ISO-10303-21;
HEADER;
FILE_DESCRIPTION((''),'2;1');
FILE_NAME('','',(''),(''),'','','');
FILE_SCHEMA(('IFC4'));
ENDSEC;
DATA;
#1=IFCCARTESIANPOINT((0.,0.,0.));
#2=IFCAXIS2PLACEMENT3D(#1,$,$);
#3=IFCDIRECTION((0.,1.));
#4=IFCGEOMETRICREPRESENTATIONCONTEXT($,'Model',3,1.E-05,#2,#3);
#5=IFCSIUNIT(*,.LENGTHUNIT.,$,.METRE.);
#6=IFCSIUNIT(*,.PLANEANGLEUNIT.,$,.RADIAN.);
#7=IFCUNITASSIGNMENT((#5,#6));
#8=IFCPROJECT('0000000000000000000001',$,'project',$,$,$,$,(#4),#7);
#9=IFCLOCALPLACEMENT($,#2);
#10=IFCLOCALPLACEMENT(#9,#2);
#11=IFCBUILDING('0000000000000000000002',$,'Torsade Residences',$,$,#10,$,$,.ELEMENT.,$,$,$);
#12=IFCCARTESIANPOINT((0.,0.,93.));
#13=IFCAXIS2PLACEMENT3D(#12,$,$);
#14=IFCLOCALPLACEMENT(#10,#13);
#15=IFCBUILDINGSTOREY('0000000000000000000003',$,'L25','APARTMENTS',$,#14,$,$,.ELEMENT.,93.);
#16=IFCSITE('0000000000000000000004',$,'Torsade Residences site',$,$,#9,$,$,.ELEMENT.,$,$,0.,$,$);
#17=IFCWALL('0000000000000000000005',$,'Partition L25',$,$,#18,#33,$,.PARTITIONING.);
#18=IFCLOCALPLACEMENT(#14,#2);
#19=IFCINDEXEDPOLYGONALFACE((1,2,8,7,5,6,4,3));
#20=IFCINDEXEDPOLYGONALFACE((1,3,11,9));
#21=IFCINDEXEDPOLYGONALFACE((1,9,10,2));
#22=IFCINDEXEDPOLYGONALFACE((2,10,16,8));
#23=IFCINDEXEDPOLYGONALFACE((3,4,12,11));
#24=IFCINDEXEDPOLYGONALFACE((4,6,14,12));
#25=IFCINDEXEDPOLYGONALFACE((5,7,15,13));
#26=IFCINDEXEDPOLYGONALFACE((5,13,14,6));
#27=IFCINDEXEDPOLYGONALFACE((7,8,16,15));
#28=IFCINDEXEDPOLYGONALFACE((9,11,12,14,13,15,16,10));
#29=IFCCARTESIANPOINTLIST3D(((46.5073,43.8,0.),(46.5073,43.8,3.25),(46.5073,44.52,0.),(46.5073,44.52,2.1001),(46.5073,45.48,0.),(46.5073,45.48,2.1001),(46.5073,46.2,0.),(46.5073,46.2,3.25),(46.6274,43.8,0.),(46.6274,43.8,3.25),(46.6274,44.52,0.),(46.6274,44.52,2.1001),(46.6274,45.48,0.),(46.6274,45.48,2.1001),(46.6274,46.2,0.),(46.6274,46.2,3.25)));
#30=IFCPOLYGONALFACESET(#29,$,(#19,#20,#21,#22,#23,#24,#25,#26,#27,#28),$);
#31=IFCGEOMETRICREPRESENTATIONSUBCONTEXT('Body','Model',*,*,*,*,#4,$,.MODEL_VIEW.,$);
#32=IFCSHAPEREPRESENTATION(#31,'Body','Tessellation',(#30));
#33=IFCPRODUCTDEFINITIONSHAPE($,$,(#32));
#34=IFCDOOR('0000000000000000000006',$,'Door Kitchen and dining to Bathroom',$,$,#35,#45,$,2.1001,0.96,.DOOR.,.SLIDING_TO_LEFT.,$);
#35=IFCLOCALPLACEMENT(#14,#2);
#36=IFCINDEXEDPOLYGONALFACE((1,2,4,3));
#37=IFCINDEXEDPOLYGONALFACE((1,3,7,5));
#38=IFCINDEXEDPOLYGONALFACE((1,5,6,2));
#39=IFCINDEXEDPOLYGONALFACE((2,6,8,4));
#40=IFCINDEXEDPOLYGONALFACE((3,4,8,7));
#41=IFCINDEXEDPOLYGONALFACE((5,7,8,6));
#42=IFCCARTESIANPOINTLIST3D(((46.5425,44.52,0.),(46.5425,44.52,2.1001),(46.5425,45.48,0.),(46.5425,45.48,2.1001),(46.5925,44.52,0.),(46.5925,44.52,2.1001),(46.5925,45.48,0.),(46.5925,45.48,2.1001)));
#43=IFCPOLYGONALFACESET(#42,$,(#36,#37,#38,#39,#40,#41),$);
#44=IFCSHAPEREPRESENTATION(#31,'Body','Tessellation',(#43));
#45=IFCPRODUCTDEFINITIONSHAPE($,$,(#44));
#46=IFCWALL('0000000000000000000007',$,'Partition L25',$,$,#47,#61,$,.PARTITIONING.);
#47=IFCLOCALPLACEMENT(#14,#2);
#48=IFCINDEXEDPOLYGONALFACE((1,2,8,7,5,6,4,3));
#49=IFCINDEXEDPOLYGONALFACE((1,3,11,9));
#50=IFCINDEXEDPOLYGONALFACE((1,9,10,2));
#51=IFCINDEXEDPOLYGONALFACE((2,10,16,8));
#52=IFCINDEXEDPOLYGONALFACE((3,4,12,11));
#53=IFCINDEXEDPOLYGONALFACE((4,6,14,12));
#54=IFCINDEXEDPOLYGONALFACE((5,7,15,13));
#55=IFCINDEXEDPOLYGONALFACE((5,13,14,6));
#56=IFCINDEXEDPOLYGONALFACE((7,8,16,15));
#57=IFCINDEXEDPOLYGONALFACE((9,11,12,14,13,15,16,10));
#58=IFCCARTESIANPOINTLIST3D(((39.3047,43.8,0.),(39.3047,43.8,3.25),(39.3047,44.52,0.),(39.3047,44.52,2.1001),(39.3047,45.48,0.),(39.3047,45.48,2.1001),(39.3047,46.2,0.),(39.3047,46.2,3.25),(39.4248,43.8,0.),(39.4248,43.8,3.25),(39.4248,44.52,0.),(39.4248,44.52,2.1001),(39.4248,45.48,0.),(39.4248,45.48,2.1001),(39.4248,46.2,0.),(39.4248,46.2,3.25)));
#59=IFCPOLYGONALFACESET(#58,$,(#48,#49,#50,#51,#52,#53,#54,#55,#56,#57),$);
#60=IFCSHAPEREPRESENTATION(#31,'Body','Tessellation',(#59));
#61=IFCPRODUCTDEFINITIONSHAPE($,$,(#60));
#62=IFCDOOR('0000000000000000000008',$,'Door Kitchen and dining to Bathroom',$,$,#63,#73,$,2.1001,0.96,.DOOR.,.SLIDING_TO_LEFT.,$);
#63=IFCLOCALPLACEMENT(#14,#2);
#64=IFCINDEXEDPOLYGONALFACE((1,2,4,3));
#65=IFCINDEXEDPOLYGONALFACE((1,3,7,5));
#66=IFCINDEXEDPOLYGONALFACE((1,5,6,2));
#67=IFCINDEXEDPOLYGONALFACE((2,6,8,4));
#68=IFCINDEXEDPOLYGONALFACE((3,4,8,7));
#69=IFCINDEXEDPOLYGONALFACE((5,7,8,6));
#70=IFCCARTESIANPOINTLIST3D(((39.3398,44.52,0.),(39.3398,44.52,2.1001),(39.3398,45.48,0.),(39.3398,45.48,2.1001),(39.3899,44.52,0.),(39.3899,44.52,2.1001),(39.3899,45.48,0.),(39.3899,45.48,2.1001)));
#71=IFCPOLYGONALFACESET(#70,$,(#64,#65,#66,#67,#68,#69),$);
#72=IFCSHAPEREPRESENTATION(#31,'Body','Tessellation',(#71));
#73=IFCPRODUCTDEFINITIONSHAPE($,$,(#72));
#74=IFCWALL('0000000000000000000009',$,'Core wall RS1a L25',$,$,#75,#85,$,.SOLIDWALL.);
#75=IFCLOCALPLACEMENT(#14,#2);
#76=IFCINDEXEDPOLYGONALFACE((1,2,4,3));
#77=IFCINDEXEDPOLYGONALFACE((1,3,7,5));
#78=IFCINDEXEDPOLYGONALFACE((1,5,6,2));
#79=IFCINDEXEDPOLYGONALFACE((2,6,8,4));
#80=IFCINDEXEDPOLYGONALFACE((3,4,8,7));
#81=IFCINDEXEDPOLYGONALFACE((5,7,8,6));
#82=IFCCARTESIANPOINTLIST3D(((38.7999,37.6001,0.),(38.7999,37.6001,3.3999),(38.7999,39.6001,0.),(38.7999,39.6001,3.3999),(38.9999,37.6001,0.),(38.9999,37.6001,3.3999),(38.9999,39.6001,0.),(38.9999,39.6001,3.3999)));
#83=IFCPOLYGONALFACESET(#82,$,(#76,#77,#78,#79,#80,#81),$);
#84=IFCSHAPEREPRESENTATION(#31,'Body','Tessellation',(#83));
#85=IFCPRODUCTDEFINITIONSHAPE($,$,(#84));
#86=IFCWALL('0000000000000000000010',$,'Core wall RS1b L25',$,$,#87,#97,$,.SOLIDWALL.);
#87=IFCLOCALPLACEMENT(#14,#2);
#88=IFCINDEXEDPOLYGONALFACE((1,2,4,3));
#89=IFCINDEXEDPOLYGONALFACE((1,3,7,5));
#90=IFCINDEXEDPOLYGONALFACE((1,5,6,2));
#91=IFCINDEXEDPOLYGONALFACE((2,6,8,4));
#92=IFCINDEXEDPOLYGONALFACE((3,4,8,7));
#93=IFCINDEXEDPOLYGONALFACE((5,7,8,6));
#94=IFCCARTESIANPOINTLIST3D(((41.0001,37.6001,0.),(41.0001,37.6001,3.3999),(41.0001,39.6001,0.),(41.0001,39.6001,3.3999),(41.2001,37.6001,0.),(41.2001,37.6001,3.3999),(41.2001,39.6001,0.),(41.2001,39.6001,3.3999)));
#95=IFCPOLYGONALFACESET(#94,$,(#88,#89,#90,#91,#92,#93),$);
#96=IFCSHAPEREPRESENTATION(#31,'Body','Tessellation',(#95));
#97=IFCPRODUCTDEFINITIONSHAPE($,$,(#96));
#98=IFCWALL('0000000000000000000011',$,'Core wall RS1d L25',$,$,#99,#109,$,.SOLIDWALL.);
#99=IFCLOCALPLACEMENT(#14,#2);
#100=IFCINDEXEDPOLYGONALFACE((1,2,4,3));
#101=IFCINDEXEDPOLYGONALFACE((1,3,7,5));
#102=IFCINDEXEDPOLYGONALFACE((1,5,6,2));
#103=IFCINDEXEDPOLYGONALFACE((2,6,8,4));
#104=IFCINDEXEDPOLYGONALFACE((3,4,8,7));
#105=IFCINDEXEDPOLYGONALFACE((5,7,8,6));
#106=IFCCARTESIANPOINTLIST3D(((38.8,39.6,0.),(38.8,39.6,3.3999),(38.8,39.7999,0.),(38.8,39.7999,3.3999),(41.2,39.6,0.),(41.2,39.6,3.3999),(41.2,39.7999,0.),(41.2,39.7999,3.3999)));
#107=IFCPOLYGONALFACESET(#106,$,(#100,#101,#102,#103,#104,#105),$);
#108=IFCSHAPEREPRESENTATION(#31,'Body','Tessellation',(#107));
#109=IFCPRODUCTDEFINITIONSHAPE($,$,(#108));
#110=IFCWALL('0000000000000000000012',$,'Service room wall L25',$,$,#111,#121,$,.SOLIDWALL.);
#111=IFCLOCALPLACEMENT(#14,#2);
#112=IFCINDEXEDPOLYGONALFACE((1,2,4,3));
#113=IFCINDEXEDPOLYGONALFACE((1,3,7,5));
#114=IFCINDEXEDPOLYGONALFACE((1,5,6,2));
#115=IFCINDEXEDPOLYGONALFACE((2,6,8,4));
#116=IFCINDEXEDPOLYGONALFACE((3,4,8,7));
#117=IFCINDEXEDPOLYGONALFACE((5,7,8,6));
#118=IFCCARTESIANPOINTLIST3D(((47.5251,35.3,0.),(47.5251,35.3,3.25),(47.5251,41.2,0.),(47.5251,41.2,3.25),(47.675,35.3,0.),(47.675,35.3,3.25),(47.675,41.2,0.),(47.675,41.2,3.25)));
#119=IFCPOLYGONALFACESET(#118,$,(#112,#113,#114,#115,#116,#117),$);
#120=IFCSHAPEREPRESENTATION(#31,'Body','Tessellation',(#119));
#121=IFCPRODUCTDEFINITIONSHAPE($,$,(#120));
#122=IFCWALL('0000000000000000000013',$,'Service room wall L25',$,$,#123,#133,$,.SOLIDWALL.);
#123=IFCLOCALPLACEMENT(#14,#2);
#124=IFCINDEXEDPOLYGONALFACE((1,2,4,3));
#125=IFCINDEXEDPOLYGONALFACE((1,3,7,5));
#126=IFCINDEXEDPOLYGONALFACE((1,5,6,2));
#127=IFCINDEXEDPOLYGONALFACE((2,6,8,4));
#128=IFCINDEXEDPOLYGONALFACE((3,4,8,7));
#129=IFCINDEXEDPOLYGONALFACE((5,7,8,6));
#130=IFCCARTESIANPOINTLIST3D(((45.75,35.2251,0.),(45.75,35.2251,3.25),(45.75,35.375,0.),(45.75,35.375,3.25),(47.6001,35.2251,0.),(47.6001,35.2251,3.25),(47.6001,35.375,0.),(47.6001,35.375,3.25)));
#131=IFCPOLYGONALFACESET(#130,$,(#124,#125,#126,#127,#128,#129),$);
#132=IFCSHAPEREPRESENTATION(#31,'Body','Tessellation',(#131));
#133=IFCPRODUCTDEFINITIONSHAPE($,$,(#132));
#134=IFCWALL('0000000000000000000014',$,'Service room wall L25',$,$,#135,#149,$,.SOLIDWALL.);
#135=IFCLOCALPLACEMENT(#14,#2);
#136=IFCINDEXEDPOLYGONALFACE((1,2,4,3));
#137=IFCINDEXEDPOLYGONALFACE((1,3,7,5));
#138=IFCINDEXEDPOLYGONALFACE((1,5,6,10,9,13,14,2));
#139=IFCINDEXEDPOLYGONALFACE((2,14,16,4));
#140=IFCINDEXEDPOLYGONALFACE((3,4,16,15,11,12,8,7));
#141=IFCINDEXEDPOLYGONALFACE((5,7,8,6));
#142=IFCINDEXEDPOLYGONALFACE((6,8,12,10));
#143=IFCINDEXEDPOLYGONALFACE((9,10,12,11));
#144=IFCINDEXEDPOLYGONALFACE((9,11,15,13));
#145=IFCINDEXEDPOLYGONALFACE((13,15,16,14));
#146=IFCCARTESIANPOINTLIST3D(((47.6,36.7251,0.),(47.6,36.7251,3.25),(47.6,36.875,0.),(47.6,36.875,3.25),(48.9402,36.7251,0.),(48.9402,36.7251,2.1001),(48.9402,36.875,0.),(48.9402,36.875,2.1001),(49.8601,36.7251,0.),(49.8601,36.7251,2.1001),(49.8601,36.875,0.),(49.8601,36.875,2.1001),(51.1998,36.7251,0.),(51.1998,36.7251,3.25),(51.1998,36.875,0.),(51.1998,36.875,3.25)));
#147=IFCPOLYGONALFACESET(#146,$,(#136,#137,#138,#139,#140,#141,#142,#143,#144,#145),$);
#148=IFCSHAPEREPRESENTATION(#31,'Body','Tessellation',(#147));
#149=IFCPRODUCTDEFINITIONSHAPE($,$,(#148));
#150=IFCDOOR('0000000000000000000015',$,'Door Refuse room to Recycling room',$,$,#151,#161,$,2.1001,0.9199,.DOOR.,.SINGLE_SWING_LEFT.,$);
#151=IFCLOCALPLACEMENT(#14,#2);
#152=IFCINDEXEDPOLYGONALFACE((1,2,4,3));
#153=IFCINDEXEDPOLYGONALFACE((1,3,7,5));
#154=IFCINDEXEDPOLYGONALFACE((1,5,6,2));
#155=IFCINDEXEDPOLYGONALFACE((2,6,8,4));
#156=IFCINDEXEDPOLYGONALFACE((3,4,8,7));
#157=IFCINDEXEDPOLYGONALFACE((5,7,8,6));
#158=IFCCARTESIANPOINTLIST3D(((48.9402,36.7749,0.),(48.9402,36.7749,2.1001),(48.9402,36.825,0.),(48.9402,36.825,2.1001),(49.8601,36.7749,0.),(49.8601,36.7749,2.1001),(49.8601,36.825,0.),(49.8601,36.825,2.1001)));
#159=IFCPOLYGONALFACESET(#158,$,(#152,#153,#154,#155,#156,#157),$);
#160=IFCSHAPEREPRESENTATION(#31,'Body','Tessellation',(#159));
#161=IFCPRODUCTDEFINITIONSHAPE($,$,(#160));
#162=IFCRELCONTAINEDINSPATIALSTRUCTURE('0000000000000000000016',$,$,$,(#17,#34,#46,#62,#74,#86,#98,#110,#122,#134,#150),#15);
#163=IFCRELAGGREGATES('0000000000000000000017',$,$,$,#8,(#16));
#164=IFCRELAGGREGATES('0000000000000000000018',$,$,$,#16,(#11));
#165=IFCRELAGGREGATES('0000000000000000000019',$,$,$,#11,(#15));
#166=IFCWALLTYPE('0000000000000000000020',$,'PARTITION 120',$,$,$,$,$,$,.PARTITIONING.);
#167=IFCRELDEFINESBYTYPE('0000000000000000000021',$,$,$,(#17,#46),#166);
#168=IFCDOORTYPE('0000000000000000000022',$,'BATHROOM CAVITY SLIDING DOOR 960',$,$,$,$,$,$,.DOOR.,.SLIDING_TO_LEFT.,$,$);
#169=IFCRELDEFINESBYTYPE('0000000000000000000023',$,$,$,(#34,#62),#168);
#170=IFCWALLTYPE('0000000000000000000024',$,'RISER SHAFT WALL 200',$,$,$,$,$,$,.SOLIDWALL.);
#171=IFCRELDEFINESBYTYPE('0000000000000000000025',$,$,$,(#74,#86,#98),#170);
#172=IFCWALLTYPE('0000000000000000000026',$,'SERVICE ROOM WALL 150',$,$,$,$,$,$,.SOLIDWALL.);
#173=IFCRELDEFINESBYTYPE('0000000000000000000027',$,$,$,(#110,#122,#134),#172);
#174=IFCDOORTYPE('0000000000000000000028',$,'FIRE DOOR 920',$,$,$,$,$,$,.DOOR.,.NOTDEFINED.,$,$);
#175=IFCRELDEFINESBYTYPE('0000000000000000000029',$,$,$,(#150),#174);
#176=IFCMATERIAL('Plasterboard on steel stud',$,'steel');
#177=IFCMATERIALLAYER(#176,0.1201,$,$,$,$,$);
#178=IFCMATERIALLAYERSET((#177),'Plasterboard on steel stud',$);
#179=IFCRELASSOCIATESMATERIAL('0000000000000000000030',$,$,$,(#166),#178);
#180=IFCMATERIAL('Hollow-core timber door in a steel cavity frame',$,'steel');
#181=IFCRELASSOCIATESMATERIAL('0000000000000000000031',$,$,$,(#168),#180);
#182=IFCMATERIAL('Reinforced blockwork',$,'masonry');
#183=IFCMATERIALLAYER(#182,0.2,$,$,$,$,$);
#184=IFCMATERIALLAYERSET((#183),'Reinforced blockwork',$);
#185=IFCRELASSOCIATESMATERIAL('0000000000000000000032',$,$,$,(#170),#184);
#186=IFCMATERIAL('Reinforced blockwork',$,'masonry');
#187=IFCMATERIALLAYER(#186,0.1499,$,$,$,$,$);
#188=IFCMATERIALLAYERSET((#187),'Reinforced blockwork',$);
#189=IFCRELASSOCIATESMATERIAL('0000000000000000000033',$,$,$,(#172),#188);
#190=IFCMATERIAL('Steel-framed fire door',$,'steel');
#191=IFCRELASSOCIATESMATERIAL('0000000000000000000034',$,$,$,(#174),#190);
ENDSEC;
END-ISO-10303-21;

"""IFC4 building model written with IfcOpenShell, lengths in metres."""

from ifc_helpers import new_model, si_unit, direction, frame, frame_2d, origin, place, context, subcontext, project, spatial, rectangle, extrude, material, layer, layer_set, type_object, element, fill, save


model = new_model("IFC4")

# Units and contexts
model_context = context("Model", 3, precision=1e-05, world=origin(), true_north=direction((0.0, 1.0)))
body_context = subcontext(model_context, "Body", "Model", "MODEL_VIEW")
ifc_project = project(units=[si_unit("LENGTHUNIT", "METRE"), si_unit("PLANEANGLEUNIT", "RADIAN")], contexts=[model_context])

# Site, building, storey
site_placement = place(None, origin())
site = spatial("IfcSite", under=ifc_project, at=site_placement, Name="Torsade Residences site", CompositionType="ELEMENT", RefElevation=0.0)
building_placement = place(site_placement, origin())
building = spatial("IfcBuilding", under=site, at=building_placement, Name="Torsade Residences", CompositionType="ELEMENT")
storey_placement = place(building_placement, frame((0.0, 0.0, 93.0)))
storey = spatial("IfcBuildingStorey", under=building, at=storey_placement, Name="L25", Description="APARTMENTS", CompositionType="ELEMENT", Elevation=93.0)

# Walls, openings, doors
ifc_material_1 = material(Name="Plasterboard on steel stud", Category="steel")
ifc_layer_1 = layer(ifc_material_1, 0.1201)
ifc_layer_set_1 = layer_set([ifc_layer_1], Name="Plasterboard on steel stud")
wall_type_1 = type_object("IfcWallType", Name="PARTITION 120", PredefinedType="PARTITIONING", material=ifc_layer_set_1)
wall_1_placement = place(storey_placement, frame((46.5674, 43.8, 0.0), z_axis=(0.0, 0.0, 1.0), x_axis=(0.0, 1.0, 0.0)))
wall_1 = element("IfcWall", 1, at=wall_1_placement, inside=storey, type_object=wall_type_1, Name="Partition L25", PredefinedType="PARTITIONING", context=body_context, shape_type="SweptSolid", body=[
    extrude(rectangle(XDim=2.3999, YDim=0.1201, at=frame_2d((1.2, 0.0))), origin(), (0.0, 0.0, 1.0), 3.25),
])
opening_1_placement = place(wall_1_placement, frame((0.72, 0.0, 0.0)))
opening_1 = element("IfcOpeningElement", 2, at=opening_1_placement, cuts=wall_1, PredefinedType="OPENING", context=body_context, shape_type="SweptSolid", body=[
    extrude(rectangle(XDim=0.96, YDim=2.1001, at=frame_2d((0.48, 1.05))), frame((0.0, 0.0701, 0.0), z_axis=(0.0, -1.0, 0.0), x_axis=(1.0, 0.0, 0.0)), (0.0, 0.0, 1.0), 0.1401),
])
ifc_material_2 = material(Name="Hollow-core timber door in a steel cavity frame", Category="steel")
door_type_1 = type_object("IfcDoorType", Name="BATHROOM CAVITY SLIDING DOOR 960", OperationType="SLIDING_TO_LEFT", PredefinedType="DOOR", material=ifc_material_2)
door_1_placement = place(opening_1_placement, origin())
door_1 = element("IfcDoor", 3, at=door_1_placement, inside=storey, type_object=door_type_1, Name="Door Kitchen and dining to Bathroom", OperationType="SLIDING_TO_LEFT", OverallHeight=2.1001, OverallWidth=0.96, PredefinedType="DOOR", context=body_context, shape_type="SweptSolid", body=[
    extrude(rectangle(XDim=0.96, YDim=2.1001, at=frame_2d((0.48, 1.05))), frame((0.0, 0.0249, 0.0), z_axis=(0.0, -1.0, 0.0), x_axis=(1.0, 0.0, 0.0)), (0.0, 0.0, 1.0), 0.05),
])
fill(opening_1, door_1)
wall_2_placement = place(storey_placement, frame((39.3647, 43.8, 0.0), z_axis=(0.0, 0.0, 1.0), x_axis=(0.0, 1.0, 0.0)))
wall_2 = element("IfcWall", 4, at=wall_2_placement, inside=storey, type_object=wall_type_1, Name="Partition L25", PredefinedType="PARTITIONING", context=body_context, shape_type="SweptSolid", body=[
    extrude(rectangle(XDim=2.3999, YDim=0.1201, at=frame_2d((1.2, 0.0))), origin(), (0.0, 0.0, 1.0), 3.25),
])
opening_2_placement = place(wall_2_placement, frame((0.72, 0.0, 0.0)))
opening_2 = element("IfcOpeningElement", 5, at=opening_2_placement, cuts=wall_2, PredefinedType="OPENING", context=body_context, shape_type="SweptSolid", body=[
    extrude(rectangle(XDim=0.96, YDim=2.1001, at=frame_2d((0.48, 1.05))), frame((0.0, 0.0701, 0.0), z_axis=(0.0, -1.0, 0.0), x_axis=(1.0, 0.0, 0.0)), (0.0, 0.0, 1.0), 0.1401),
])
door_2_placement = place(opening_2_placement, origin())
door_2 = element("IfcDoor", 6, at=door_2_placement, inside=storey, type_object=door_type_1, Name="Door Kitchen and dining to Bathroom", OperationType="SLIDING_TO_LEFT", OverallHeight=2.1001, OverallWidth=0.96, PredefinedType="DOOR", context=body_context, shape_type="SweptSolid", body=[
    extrude(rectangle(XDim=0.96, YDim=2.1001, at=frame_2d((0.48, 1.05))), frame((0.0, 0.0249, 0.0), z_axis=(0.0, -1.0, 0.0), x_axis=(1.0, 0.0, 0.0)), (0.0, 0.0, 1.0), 0.05),
])
fill(opening_2, door_2)

# Walls
ifc_material_3 = material(Name="Reinforced blockwork", Category="masonry")
ifc_layer_2 = layer(ifc_material_3, 0.2)
ifc_layer_set_2 = layer_set([ifc_layer_2], Name="Reinforced blockwork")
wall_type_2 = type_object("IfcWallType", Name="RISER SHAFT WALL 200", PredefinedType="SOLIDWALL", material=ifc_layer_set_2)
for number, where, z_axis, x_axis, name in (
    (7, (38.8999, 37.6001, 0.0), (0.0, 0.0, 1.0), (0.0, 1.0, 0.0), "Core wall RS1a L25"),
    (8, (41.1001, 37.6001, 0.0), (0.0, 0.0, 1.0), (0.0, 1.0, 0.0), "Core wall RS1b L25"),
):
    element("IfcWall", number, at=place(storey_placement, frame(where, z_axis=z_axis, x_axis=x_axis)), inside=storey, type_object=wall_type_2, Name=name, PredefinedType="SOLIDWALL", context=body_context, shape_type="SweptSolid", body=[
        extrude(rectangle(XDim=2.0, YDim=0.2, at=frame_2d((1.0, 0.0))), origin(), (0.0, 0.0, 1.0), 3.3999),
    ])
wall_3_placement = place(storey_placement, frame((38.8, 39.7, 0.0), z_axis=(0.0, 0.0, 1.0), x_axis=(1.0, 0.0, 0.0)))
element("IfcWall", 9, at=wall_3_placement, inside=storey, type_object=wall_type_2, Name="Core wall RS1d L25", PredefinedType="SOLIDWALL", context=body_context, shape_type="SweptSolid", body=[
    extrude(rectangle(XDim=2.3999, YDim=0.2, at=frame_2d((1.2, 0.0))), origin(), (0.0, 0.0, 1.0), 3.3999),
])
ifc_material_4 = material(Name="Reinforced blockwork", Category="masonry")
ifc_layer_3 = layer(ifc_material_4, 0.1499)
ifc_layer_set_3 = layer_set([ifc_layer_3], Name="Reinforced blockwork")
wall_type_3 = type_object("IfcWallType", Name="SERVICE ROOM WALL 150", PredefinedType="SOLIDWALL", material=ifc_layer_set_3)
wall_4_placement = place(storey_placement, frame((47.6001, 41.2, 0.0), z_axis=(0.0, 0.0, 1.0), x_axis=(0.0, -1.0, 0.0)))
element("IfcWall", 10, at=wall_4_placement, inside=storey, type_object=wall_type_3, Name="Service room wall L25", PredefinedType="SOLIDWALL", context=body_context, shape_type="SweptSolid", body=[
    extrude(rectangle(XDim=5.8999, YDim=0.1499, at=frame_2d((2.95, 0.0))), origin(), (0.0, 0.0, 1.0), 3.25),
])
wall_5_placement = place(storey_placement, frame((47.6001, 35.3, 0.0), z_axis=(0.0, 0.0, 1.0), x_axis=(-1.0, 0.0, 0.0)))
element("IfcWall", 11, at=wall_5_placement, inside=storey, type_object=wall_type_3, Name="Service room wall L25", PredefinedType="SOLIDWALL", context=body_context, shape_type="SweptSolid", body=[
    extrude(rectangle(XDim=1.8501, YDim=0.1499, at=frame_2d((0.925, 0.0))), origin(), (0.0, 0.0, 1.0), 3.25),
])

# Wall, opening, door
wall_6_placement = place(storey_placement, frame((47.6001, 36.8, 0.0), z_axis=(0.0, 0.0, 1.0), x_axis=(1.0, 0.0, 0.0)))
wall_6 = element("IfcWall", 12, at=wall_6_placement, inside=storey, type_object=wall_type_3, Name="Service room wall L25", PredefinedType="SOLIDWALL", context=body_context, shape_type="SweptSolid", body=[
    extrude(rectangle(XDim=3.5999, YDim=0.1499, at=frame_2d((1.7998, 0.0))), origin(), (0.0, 0.0, 1.0), 3.25),
])
opening_3_placement = place(wall_6_placement, frame((1.3401, 0.0, 0.0)))
opening_3 = element("IfcOpeningElement", 13, at=opening_3_placement, cuts=wall_6, PredefinedType="OPENING", context=body_context, shape_type="SweptSolid", body=[
    extrude(rectangle(XDim=0.9199, YDim=2.1001, at=frame_2d((0.46, 1.05))), frame((0.0, 0.085, 0.0), z_axis=(0.0, -1.0, 0.0), x_axis=(1.0, 0.0, 0.0)), (0.0, 0.0, 1.0), 0.1699),
])
ifc_material_5 = material(Name="Steel-framed fire door", Category="steel")
door_type_2 = type_object("IfcDoorType", Name="FIRE DOOR 920", OperationType="NOTDEFINED", PredefinedType="DOOR", material=ifc_material_5)
door_3_placement = place(opening_3_placement, origin())
door_3 = element("IfcDoor", 14, at=door_3_placement, inside=storey, type_object=door_type_2, Name="Door Refuse room to Recycling room", OperationType="SINGLE_SWING_LEFT", OverallHeight=2.1001, OverallWidth=0.9199, PredefinedType="DOOR", context=body_context, shape_type="SweptSolid", body=[
    extrude(rectangle(XDim=0.9199, YDim=2.1001, at=frame_2d((0.46, 1.05))), frame((0.0, 0.0249, 0.0), z_axis=(0.0, -1.0, 0.0), x_axis=(1.0, 0.0, 0.0)), (0.0, 0.0, 1.0), 0.05),
])
fill(opening_3, door_3)

save(model, "model.ifc")
